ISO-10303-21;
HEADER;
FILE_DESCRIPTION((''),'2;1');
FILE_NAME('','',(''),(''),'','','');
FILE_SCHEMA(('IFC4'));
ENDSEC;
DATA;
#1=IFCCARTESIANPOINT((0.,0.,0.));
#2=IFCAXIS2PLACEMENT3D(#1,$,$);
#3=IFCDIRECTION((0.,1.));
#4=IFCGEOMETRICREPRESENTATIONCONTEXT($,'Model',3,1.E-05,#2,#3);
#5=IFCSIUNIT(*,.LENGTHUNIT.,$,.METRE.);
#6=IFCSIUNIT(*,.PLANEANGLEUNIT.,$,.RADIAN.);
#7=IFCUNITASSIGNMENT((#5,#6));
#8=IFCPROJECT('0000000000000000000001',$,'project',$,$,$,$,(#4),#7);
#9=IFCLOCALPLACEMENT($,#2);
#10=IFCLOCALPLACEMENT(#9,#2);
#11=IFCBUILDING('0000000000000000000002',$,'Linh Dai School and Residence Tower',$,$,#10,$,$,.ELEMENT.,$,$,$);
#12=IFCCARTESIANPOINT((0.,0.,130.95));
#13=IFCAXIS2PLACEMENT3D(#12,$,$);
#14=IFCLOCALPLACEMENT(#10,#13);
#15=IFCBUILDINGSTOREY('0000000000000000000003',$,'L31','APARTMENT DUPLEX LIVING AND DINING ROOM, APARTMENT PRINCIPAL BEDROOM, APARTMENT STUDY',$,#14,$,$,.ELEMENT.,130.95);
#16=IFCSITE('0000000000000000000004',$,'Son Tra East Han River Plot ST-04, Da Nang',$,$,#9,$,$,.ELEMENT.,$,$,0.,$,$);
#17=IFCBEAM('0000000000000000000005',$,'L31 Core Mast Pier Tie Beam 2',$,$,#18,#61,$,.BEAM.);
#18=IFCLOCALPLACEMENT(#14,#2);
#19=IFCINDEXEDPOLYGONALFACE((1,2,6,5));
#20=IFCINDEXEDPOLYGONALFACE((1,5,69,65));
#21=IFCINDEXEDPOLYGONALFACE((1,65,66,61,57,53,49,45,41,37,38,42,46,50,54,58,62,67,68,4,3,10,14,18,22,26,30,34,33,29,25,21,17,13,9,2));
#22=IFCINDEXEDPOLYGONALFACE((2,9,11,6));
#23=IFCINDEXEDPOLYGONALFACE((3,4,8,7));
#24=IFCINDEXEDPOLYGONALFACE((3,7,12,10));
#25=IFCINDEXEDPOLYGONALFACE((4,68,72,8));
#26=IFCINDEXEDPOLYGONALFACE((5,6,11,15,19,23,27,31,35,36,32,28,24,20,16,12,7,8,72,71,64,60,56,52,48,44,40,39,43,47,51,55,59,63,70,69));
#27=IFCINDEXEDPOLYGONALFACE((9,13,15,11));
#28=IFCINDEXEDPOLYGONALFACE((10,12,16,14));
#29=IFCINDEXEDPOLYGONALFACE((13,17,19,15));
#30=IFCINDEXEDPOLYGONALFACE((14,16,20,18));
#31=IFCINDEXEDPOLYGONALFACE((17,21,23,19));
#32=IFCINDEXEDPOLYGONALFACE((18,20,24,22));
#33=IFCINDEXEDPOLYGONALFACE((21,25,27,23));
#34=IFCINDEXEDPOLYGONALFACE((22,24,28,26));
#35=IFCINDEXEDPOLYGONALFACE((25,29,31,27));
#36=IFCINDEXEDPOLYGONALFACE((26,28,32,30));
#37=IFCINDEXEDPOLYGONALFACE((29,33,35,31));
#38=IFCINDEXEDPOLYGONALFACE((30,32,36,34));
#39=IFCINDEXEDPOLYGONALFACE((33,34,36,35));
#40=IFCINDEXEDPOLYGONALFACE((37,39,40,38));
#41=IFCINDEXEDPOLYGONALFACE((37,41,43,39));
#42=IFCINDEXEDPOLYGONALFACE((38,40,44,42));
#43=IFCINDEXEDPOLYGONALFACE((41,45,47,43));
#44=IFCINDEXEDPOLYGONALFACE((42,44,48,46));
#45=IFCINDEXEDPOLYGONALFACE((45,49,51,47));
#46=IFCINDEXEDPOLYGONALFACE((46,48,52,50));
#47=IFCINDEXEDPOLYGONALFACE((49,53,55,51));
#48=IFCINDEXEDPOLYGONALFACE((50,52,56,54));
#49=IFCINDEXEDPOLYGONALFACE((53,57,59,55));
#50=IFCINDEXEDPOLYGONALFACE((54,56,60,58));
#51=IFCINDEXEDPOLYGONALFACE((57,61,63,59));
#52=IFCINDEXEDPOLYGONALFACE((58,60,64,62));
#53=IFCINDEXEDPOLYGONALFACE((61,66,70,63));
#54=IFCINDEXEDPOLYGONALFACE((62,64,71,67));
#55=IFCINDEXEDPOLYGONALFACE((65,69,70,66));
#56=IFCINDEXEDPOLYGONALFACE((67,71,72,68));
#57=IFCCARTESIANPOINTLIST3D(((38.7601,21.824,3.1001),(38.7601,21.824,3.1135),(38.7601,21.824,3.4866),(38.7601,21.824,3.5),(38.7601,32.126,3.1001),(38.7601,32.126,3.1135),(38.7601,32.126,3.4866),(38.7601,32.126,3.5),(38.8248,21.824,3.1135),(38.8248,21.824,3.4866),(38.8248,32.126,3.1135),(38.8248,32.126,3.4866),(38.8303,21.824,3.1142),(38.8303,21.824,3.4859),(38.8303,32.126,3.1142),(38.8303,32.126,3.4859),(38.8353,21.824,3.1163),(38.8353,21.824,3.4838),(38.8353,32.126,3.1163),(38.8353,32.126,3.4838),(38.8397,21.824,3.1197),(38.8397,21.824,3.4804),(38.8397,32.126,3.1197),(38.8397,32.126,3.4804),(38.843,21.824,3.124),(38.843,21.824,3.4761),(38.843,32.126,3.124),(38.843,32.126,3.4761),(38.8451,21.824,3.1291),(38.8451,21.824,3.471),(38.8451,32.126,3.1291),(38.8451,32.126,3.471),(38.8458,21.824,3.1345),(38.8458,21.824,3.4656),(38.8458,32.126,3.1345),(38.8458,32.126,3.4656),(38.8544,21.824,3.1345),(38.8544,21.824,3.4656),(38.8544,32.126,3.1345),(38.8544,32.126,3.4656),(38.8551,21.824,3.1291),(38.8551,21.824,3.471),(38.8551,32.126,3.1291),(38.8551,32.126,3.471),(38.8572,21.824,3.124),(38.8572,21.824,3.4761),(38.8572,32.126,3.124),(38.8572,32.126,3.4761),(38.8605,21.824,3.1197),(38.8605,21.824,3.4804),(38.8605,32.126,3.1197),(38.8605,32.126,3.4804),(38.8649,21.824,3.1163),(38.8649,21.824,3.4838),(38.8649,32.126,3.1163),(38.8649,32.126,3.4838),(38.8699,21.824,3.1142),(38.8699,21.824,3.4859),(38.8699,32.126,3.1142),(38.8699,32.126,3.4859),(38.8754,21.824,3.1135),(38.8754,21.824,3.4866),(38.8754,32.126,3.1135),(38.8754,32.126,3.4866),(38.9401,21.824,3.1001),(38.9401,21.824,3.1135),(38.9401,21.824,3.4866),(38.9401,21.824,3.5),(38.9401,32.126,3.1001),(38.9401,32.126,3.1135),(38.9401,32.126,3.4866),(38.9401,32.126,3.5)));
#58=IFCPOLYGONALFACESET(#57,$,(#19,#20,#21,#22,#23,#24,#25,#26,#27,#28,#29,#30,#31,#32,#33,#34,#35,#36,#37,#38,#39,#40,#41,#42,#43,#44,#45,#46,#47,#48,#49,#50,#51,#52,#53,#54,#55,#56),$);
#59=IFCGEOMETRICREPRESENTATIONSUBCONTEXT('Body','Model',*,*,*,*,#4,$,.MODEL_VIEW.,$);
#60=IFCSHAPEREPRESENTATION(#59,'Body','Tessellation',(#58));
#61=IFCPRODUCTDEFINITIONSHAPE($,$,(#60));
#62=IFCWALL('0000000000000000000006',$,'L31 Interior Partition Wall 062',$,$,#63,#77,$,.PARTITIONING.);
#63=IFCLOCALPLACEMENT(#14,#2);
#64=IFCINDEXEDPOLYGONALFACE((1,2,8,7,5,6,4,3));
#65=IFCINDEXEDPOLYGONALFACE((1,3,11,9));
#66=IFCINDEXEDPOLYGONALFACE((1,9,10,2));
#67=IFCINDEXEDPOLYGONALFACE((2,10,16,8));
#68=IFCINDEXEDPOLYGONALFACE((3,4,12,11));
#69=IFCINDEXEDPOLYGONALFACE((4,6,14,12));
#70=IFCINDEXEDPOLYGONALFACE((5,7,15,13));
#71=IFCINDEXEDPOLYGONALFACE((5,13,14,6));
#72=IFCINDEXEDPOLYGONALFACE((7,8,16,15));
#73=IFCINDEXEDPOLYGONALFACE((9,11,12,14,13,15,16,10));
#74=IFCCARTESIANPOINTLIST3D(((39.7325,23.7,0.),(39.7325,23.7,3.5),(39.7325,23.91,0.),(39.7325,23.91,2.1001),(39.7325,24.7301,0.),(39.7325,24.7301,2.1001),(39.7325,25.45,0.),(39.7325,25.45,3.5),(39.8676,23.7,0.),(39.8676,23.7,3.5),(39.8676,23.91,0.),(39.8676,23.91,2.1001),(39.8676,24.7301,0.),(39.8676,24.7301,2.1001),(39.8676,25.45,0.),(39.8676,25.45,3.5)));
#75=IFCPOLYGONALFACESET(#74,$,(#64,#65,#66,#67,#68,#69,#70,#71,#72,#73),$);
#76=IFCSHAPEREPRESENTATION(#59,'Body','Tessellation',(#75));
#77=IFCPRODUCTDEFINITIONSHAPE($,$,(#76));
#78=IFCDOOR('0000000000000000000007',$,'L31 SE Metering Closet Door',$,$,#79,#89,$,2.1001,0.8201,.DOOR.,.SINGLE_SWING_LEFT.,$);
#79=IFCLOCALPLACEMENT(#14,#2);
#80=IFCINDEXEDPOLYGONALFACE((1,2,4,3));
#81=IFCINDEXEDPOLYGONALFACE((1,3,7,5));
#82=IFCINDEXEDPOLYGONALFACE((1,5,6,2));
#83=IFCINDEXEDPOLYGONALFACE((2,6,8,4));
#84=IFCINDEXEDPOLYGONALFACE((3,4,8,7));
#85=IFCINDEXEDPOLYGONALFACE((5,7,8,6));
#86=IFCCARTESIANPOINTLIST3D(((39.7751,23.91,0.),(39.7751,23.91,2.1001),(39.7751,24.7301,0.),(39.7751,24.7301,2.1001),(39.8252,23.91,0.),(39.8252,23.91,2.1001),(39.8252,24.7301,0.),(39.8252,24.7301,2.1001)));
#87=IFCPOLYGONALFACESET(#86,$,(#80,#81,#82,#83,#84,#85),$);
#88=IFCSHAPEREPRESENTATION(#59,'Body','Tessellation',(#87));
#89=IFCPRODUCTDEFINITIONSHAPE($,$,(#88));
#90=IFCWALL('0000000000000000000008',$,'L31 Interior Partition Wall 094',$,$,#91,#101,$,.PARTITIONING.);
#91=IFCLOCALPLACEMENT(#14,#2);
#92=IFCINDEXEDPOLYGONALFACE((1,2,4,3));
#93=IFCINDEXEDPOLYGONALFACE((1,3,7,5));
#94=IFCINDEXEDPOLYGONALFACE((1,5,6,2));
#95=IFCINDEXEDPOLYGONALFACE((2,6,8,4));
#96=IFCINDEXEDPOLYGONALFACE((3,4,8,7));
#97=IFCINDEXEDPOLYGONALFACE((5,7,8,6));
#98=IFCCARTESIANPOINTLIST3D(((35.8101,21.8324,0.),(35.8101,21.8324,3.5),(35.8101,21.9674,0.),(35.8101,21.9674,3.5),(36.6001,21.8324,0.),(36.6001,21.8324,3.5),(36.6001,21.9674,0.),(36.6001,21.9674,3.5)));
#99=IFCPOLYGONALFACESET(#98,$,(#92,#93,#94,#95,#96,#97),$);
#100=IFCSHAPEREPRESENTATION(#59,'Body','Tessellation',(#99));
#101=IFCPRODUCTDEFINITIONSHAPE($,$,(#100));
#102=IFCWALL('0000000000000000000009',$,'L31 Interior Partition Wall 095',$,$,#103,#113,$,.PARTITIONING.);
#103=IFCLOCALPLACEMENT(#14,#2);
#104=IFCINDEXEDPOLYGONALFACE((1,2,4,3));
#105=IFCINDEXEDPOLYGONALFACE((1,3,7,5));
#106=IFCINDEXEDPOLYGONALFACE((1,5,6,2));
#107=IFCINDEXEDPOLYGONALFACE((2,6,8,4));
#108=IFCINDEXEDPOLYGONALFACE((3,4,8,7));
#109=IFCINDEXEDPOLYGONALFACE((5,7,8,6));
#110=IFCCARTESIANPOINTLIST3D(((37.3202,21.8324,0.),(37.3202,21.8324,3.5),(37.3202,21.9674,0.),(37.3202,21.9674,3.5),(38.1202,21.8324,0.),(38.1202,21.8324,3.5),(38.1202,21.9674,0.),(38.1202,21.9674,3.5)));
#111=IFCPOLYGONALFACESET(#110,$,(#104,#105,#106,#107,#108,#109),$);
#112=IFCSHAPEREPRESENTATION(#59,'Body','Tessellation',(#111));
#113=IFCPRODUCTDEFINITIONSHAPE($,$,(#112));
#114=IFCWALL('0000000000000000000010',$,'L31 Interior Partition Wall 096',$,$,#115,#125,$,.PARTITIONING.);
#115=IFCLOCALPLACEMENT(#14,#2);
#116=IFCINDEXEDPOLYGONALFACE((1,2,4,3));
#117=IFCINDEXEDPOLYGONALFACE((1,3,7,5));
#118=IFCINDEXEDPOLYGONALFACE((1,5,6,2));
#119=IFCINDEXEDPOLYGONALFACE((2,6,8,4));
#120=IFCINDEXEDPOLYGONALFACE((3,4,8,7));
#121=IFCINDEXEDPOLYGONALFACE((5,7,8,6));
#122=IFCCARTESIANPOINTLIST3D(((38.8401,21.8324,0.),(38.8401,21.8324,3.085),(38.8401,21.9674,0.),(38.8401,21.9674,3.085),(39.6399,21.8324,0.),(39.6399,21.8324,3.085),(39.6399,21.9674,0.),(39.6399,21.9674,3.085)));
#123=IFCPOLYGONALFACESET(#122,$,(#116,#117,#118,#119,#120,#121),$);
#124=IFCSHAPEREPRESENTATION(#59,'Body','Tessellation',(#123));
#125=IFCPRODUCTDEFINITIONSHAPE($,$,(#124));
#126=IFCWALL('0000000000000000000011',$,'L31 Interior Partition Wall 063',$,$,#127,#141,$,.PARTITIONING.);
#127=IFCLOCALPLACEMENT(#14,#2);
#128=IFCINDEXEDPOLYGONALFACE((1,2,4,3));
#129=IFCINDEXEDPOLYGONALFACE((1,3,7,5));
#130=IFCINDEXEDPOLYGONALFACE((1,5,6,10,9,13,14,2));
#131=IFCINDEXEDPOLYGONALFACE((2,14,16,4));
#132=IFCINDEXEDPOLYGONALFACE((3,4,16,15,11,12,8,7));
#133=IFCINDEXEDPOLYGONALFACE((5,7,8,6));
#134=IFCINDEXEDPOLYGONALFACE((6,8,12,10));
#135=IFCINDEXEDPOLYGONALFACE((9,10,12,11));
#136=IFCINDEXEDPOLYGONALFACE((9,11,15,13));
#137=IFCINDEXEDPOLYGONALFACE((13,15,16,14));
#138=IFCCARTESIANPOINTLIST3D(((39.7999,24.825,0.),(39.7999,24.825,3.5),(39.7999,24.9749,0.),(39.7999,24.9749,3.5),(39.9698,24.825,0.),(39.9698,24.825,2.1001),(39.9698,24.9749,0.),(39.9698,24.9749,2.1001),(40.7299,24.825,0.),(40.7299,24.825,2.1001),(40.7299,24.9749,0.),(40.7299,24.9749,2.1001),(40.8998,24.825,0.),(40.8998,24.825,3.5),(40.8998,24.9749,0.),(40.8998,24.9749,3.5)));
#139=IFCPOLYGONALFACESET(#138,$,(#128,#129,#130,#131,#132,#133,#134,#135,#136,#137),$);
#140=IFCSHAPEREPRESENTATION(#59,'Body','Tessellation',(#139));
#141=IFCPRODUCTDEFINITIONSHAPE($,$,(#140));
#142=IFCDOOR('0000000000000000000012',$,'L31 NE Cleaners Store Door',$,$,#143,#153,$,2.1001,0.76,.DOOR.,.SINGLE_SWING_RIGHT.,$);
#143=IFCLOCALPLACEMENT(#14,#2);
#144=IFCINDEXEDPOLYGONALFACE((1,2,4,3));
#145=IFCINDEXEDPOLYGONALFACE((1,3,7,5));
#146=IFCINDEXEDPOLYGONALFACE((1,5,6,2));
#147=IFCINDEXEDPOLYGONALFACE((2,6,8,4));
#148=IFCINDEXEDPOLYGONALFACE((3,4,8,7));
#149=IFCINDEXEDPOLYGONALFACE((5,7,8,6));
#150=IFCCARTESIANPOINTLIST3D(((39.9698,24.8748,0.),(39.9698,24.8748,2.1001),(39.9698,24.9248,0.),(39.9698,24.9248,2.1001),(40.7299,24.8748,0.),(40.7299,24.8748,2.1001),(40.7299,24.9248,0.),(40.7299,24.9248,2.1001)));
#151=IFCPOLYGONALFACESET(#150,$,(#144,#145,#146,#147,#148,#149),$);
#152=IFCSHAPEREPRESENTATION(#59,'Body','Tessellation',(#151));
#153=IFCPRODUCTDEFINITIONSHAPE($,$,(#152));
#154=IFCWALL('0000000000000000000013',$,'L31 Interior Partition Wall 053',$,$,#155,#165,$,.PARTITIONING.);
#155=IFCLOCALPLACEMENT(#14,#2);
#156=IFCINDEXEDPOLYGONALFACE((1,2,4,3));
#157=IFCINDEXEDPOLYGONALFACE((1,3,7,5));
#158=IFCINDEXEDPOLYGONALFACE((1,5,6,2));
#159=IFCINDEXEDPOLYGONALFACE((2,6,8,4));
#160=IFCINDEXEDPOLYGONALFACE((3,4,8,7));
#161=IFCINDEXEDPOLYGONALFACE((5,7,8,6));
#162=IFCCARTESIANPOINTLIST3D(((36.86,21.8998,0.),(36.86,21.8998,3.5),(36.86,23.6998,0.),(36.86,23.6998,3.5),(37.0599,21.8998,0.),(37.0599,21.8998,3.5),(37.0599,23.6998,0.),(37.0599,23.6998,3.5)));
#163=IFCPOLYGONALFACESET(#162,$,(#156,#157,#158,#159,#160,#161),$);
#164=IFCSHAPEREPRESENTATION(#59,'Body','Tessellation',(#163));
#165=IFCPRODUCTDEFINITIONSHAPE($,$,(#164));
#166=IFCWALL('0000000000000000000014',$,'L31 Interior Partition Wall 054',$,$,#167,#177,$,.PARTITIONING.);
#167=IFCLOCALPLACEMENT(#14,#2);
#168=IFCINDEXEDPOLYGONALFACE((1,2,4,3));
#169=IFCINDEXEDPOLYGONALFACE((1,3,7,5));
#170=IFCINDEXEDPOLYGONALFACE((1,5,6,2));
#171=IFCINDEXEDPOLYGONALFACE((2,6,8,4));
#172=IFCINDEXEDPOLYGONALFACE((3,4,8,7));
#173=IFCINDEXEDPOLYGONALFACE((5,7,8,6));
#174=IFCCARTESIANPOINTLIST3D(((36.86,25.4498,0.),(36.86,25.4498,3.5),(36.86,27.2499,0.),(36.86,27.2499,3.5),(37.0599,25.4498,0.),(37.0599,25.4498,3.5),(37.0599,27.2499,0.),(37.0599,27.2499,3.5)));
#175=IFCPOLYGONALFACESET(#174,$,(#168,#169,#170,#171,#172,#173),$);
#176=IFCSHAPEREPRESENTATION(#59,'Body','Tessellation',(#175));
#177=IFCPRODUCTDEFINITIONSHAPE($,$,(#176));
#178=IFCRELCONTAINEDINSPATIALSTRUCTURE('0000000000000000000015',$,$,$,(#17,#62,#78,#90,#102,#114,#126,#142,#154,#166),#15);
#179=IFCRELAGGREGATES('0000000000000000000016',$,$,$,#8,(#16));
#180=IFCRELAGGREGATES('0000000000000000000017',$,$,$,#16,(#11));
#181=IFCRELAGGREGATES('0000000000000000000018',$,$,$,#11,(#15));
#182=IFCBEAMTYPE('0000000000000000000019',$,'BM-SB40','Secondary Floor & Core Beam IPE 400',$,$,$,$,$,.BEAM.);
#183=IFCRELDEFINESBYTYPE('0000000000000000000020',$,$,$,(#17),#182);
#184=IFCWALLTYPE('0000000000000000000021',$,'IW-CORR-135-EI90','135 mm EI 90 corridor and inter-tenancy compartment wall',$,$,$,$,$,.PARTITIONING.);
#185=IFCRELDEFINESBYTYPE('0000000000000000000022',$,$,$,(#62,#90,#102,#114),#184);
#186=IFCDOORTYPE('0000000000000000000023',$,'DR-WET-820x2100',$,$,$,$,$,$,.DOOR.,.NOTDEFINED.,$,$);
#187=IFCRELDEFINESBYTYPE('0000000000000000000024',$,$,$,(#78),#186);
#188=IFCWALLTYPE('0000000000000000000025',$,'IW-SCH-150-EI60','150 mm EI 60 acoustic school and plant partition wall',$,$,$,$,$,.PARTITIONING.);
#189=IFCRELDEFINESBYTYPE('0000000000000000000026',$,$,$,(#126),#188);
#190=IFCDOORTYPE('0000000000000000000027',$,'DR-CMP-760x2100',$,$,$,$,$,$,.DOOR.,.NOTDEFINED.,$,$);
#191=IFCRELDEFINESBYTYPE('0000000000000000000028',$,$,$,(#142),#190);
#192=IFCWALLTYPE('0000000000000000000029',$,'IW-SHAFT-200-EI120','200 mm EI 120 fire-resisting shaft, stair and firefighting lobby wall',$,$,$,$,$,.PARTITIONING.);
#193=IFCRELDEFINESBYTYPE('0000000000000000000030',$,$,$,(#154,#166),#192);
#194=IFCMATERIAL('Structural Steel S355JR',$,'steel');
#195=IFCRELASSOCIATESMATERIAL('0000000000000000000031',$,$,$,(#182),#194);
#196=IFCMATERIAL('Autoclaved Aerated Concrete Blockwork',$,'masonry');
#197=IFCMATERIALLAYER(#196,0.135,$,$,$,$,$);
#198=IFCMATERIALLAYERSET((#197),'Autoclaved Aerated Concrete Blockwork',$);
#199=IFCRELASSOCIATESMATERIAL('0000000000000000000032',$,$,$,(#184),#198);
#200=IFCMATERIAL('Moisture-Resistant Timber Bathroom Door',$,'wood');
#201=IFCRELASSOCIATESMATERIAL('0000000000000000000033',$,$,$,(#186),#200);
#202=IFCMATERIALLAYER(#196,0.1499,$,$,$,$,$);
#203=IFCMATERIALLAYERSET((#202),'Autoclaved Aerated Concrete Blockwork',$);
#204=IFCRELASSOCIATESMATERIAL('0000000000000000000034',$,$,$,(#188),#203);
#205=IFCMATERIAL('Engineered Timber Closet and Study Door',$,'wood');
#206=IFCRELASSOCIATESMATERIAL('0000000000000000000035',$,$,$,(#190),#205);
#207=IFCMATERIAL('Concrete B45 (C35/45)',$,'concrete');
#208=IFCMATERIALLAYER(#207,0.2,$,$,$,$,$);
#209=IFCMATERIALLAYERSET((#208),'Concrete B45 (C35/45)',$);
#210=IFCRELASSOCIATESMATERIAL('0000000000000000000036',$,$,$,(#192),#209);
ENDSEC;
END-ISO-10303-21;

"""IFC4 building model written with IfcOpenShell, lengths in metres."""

from ifc_helpers import new_model, si_unit, direction, frame, frame_2d, origin, origin_2d, place, context, subcontext, project, spatial, rectangle, i_section, extrude, source, transform, mapped, material, layer, layer_set, material_profile, profile_set, type_object, element, fill, save


model = new_model("IFC4")

# Units and contexts
model_context = context("Model", 3, precision=1e-05, world=origin(), true_north=direction((0.0, 1.0)))
body_context = subcontext(model_context, "Body", "Model", "MODEL_VIEW")
ifc_project = project(units=[si_unit("LENGTHUNIT", "METRE"), si_unit("PLANEANGLEUNIT", "RADIAN")], contexts=[model_context])

# Site, building, storey
site_placement = place(None, origin())
site = spatial("IfcSite", under=ifc_project, at=site_placement, Name="Son Tra East Han River Plot ST-04, Da Nang", CompositionType="ELEMENT", RefElevation=0.0)
building_placement = place(site_placement, origin())
building = spatial("IfcBuilding", under=site, at=building_placement, Name="Linh Dai School and Residence Tower", CompositionType="ELEMENT")
storey_placement = place(building_placement, frame((0.0, 0.0, 130.95)))
storey = spatial("IfcBuildingStorey", under=building, at=storey_placement, Name="L31", Description="APARTMENT DUPLEX LIVING AND DINING ROOM, APARTMENT PRINCIPAL BEDROOM, APARTMENT STUDY", CompositionType="ELEMENT", Elevation=130.95)

# Shared definitions
ifc_material_1 = material(Name="Structural Steel S355JR", Category="steel")

# Beam
ifc_material_profile_1 = material_profile(ifc_material_1, i_section(OverallWidth=0.1799, OverallDepth=0.3999, WebThickness=0.0085, FlangeThickness=0.0134, FilletRadius=0.021, at=origin_2d()), Name="IPE 400")
ifc_profile_set_1 = profile_set([ifc_material_profile_1], Name="Structural Steel S355JR")
beam_type = type_object("IfcBeamType", Name="BM-SB40", Description="Secondary Floor & Core Beam IPE 400", PredefinedType="BEAM", material=ifc_profile_set_1)
beam_placement = place(storey_placement, frame((38.8501, 21.824, 3.3), z_axis=(0.0, 1.0, 0.0), x_axis=(-1.0, 0.0, 0.0)))
element("IfcBeam", 1, at=beam_placement, inside=storey, type_object=beam_type, Name="L31 Core Mast Pier Tie Beam 2", PredefinedType="BEAM", context=body_context, shape_type="SweptSolid", body=[
    extrude(i_section(OverallWidth=0.1799, OverallDepth=0.3999, WebThickness=0.0085, FlangeThickness=0.0134, FilletRadius=0.021, at=origin_2d()), origin(), (0.0, 0.0, 1.0), 10.302),
])

# Wall, opening, door
ifc_material_2 = material(Name="Autoclaved Aerated Concrete Blockwork", Category="masonry")
ifc_layer_1 = layer(ifc_material_2, 0.135)
ifc_layer_set_1 = layer_set([ifc_layer_1], Name="Autoclaved Aerated Concrete Blockwork")
wall_type_1 = type_object("IfcWallType", Name="IW-CORR-135-EI90", Description="135 mm EI 90 corridor and inter-tenancy compartment wall", PredefinedType="PARTITIONING", material=ifc_layer_set_1)
wall_1_placement = place(storey_placement, frame((39.8, 23.7, 0.0), z_axis=(0.0, 0.0, 1.0), x_axis=(0.0, 1.0, 0.0)))
wall_1 = element("IfcWall", 2, at=wall_1_placement, inside=storey, type_object=wall_type_1, Name="L31 Interior Partition Wall 062", PredefinedType="PARTITIONING", context=body_context, shape_type="SweptSolid", body=[
    extrude(rectangle(XDim=1.75, YDim=0.135, at=frame_2d((0.875, 0.0))), origin(), (0.0, 0.0, 1.0), 3.5),
])
opening_1_placement = place(wall_1_placement, frame((0.21, 0.0, 0.0)))
opening_1 = element("IfcOpeningElement", 3, at=opening_1_placement, cuts=wall_1, PredefinedType="OPENING", context=body_context, shape_type="SweptSolid", body=[
    extrude(rectangle(XDim=0.8201, YDim=2.1001, at=origin_2d()), frame((0.4102, 0.0776, 1.05), z_axis=(0.0, -1.0, 0.0), x_axis=(1.0, 0.0, 0.0)), (0.0, 0.0, 1.0), 0.155),
])
ifc_material_3 = material(Name="Moisture-Resistant Timber Bathroom Door", Category="wood")
door_type_1 = type_object("IfcDoorType", Name="DR-WET-820x2100", OperationType="NOTDEFINED", PredefinedType="DOOR", material=ifc_material_3)
shared_shape_1 = source(origin(), body_context, "Body", "SweptSolid", [
    extrude(rectangle(XDim=0.8201, YDim=2.1001, at=origin_2d()), frame((0.4102, 0.0249, 1.05), z_axis=(0.0, -1.0, 0.0), x_axis=(1.0, 0.0, 0.0)), (0.0, 0.0, 1.0), 0.05),
])
door_1_placement = place(opening_1_placement, origin())
door_1 = element("IfcDoor", 4, at=door_1_placement, inside=storey, type_object=door_type_1, Name="L31 SE Metering Closet Door", OperationType="SINGLE_SWING_LEFT", OverallHeight=2.1001, OverallWidth=0.8201, PredefinedType="DOOR", context=body_context, shape_type="MappedRepresentation", body=[
    mapped(shared_shape_1, transform((0.0, 0.0, 0.0), x_axis=(1.0, 0.0, 0.0), y_axis=(0.0, 1.0, 0.0), z_axis=(0.0, 0.0, 1.0), scale=1.0)),
])
fill(opening_1, door_1)

# Walls
wall_2_placement = place(storey_placement, frame((36.6001, 21.8999, 0.0), z_axis=(0.0, 0.0, 1.0), x_axis=(-1.0, 0.0, 0.0)))
element("IfcWall", 5, at=wall_2_placement, inside=storey, type_object=wall_type_1, Name="L31 Interior Partition Wall 094", PredefinedType="PARTITIONING", context=body_context, shape_type="SweptSolid", body=[
    extrude(rectangle(XDim=0.79, YDim=0.135, at=frame_2d((0.395, 0.0))), origin(), (0.0, 0.0, 1.0), 3.5),
])
wall_3_placement = place(storey_placement, frame((38.1201, 21.8999, 0.0), z_axis=(0.0, 0.0, 1.0), x_axis=(-1.0, 0.0, 0.0)))
element("IfcWall", 6, at=wall_3_placement, inside=storey, type_object=wall_type_1, Name="L31 Interior Partition Wall 095", PredefinedType="PARTITIONING", context=body_context, shape_type="SweptSolid", body=[
    extrude(rectangle(XDim=0.8, YDim=0.135, at=frame_2d((0.3999, 0.0))), origin(), (0.0, 0.0, 1.0), 3.5),
])
wall_4_placement = place(storey_placement, frame((39.6399, 21.8999, 0.0), z_axis=(0.0, 0.0, 1.0), x_axis=(-1.0, 0.0, 0.0)))
element("IfcWall", 7, at=wall_4_placement, inside=storey, type_object=wall_type_1, Name="L31 Interior Partition Wall 096", PredefinedType="PARTITIONING", context=body_context, shape_type="SweptSolid", body=[
    extrude(rectangle(XDim=0.7998, YDim=0.135, at=frame_2d((0.3999, 0.0))), origin(), (0.0, 0.0, 1.0), 3.085),
])

# Wall, opening, door
ifc_layer_2 = layer(ifc_material_2, 0.1499)
ifc_layer_set_2 = layer_set([ifc_layer_2], Name="Autoclaved Aerated Concrete Blockwork")
wall_type_2 = type_object("IfcWallType", Name="IW-SCH-150-EI60", Description="150 mm EI 60 acoustic school and plant partition wall", PredefinedType="PARTITIONING", material=ifc_layer_set_2)
wall_5_placement = place(storey_placement, frame((39.8, 24.8999, 0.0), z_axis=(0.0, 0.0, 1.0), x_axis=(1.0, 0.0, 0.0)))
wall_5 = element("IfcWall", 8, at=wall_5_placement, inside=storey, type_object=wall_type_2, Name="L31 Interior Partition Wall 063", PredefinedType="PARTITIONING", context=body_context, shape_type="SweptSolid", body=[
    extrude(rectangle(XDim=1.0999, YDim=0.1499, at=frame_2d((0.5498, 0.0))), origin(), (0.0, 0.0, 1.0), 3.5),
])
opening_2_placement = place(wall_5_placement, frame((0.1699, 0.0, 0.0)))
opening_2 = element("IfcOpeningElement", 9, at=opening_2_placement, cuts=wall_5, PredefinedType="OPENING", context=body_context, shape_type="SweptSolid", body=[
    extrude(rectangle(XDim=0.76, YDim=2.1001, at=origin_2d()), frame((0.3799, 0.085, 1.05), z_axis=(0.0, -1.0, 0.0), x_axis=(1.0, 0.0, 0.0)), (0.0, 0.0, 1.0), 0.1699),
])
ifc_material_4 = material(Name="Engineered Timber Closet and Study Door", Category="wood")
door_type_2 = type_object("IfcDoorType", Name="DR-CMP-760x2100", OperationType="NOTDEFINED", PredefinedType="DOOR", material=ifc_material_4)
shared_shape_2 = source(origin(), body_context, "Body", "SweptSolid", [
    extrude(rectangle(XDim=0.76, YDim=2.1001, at=origin_2d()), frame((0.3799, 0.0249, 1.05), z_axis=(0.0, -1.0, 0.0), x_axis=(1.0, 0.0, 0.0)), (0.0, 0.0, 1.0), 0.05),
])
door_2_placement = place(opening_2_placement, origin())
door_2 = element("IfcDoor", 10, at=door_2_placement, inside=storey, type_object=door_type_2, Name="L31 NE Cleaners Store Door", OperationType="SINGLE_SWING_RIGHT", OverallHeight=2.1001, OverallWidth=0.76, PredefinedType="DOOR", context=body_context, shape_type="MappedRepresentation", body=[
    mapped(shared_shape_2, transform((0.0, 0.0, 0.0), x_axis=(1.0, 0.0, 0.0), y_axis=(0.0, 1.0, 0.0), z_axis=(0.0, 0.0, 1.0), scale=1.0)),
])
fill(opening_2, door_2)

# Walls
ifc_material_5 = material(Name="Concrete B45 (C35/45)", Category="concrete")
ifc_layer_3 = layer(ifc_material_5, 0.2)
ifc_layer_set_3 = layer_set([ifc_layer_3], Name="Concrete B45 (C35/45)")
wall_type_3 = type_object("IfcWallType", Name="IW-SHAFT-200-EI120", Description="200 mm EI 120 fire-resisting shaft, stair and firefighting lobby wall", PredefinedType="PARTITIONING", material=ifc_layer_set_3)
for number, where, z_axis, x_axis, name in (
    (11, (36.96, 21.8999, 0.0), (0.0, 0.0, 1.0), (0.0, 1.0, 0.0), "L31 Interior Partition Wall 053"),
    (12, (36.96, 25.45, 0.0), (0.0, 0.0, 1.0), (0.0, 1.0, 0.0), "L31 Interior Partition Wall 054"),
):
    element("IfcWall", number, at=place(storey_placement, frame(where, z_axis=z_axis, x_axis=x_axis)), inside=storey, type_object=wall_type_3, Name=name, PredefinedType="PARTITIONING", context=body_context, shape_type="SweptSolid", body=[
        extrude(rectangle(XDim=1.8, YDim=0.2, at=frame_2d((0.8999, 0.0))), origin(), (0.0, 0.0, 1.0), 3.5),
    ])

save(model, "model.ifc")
